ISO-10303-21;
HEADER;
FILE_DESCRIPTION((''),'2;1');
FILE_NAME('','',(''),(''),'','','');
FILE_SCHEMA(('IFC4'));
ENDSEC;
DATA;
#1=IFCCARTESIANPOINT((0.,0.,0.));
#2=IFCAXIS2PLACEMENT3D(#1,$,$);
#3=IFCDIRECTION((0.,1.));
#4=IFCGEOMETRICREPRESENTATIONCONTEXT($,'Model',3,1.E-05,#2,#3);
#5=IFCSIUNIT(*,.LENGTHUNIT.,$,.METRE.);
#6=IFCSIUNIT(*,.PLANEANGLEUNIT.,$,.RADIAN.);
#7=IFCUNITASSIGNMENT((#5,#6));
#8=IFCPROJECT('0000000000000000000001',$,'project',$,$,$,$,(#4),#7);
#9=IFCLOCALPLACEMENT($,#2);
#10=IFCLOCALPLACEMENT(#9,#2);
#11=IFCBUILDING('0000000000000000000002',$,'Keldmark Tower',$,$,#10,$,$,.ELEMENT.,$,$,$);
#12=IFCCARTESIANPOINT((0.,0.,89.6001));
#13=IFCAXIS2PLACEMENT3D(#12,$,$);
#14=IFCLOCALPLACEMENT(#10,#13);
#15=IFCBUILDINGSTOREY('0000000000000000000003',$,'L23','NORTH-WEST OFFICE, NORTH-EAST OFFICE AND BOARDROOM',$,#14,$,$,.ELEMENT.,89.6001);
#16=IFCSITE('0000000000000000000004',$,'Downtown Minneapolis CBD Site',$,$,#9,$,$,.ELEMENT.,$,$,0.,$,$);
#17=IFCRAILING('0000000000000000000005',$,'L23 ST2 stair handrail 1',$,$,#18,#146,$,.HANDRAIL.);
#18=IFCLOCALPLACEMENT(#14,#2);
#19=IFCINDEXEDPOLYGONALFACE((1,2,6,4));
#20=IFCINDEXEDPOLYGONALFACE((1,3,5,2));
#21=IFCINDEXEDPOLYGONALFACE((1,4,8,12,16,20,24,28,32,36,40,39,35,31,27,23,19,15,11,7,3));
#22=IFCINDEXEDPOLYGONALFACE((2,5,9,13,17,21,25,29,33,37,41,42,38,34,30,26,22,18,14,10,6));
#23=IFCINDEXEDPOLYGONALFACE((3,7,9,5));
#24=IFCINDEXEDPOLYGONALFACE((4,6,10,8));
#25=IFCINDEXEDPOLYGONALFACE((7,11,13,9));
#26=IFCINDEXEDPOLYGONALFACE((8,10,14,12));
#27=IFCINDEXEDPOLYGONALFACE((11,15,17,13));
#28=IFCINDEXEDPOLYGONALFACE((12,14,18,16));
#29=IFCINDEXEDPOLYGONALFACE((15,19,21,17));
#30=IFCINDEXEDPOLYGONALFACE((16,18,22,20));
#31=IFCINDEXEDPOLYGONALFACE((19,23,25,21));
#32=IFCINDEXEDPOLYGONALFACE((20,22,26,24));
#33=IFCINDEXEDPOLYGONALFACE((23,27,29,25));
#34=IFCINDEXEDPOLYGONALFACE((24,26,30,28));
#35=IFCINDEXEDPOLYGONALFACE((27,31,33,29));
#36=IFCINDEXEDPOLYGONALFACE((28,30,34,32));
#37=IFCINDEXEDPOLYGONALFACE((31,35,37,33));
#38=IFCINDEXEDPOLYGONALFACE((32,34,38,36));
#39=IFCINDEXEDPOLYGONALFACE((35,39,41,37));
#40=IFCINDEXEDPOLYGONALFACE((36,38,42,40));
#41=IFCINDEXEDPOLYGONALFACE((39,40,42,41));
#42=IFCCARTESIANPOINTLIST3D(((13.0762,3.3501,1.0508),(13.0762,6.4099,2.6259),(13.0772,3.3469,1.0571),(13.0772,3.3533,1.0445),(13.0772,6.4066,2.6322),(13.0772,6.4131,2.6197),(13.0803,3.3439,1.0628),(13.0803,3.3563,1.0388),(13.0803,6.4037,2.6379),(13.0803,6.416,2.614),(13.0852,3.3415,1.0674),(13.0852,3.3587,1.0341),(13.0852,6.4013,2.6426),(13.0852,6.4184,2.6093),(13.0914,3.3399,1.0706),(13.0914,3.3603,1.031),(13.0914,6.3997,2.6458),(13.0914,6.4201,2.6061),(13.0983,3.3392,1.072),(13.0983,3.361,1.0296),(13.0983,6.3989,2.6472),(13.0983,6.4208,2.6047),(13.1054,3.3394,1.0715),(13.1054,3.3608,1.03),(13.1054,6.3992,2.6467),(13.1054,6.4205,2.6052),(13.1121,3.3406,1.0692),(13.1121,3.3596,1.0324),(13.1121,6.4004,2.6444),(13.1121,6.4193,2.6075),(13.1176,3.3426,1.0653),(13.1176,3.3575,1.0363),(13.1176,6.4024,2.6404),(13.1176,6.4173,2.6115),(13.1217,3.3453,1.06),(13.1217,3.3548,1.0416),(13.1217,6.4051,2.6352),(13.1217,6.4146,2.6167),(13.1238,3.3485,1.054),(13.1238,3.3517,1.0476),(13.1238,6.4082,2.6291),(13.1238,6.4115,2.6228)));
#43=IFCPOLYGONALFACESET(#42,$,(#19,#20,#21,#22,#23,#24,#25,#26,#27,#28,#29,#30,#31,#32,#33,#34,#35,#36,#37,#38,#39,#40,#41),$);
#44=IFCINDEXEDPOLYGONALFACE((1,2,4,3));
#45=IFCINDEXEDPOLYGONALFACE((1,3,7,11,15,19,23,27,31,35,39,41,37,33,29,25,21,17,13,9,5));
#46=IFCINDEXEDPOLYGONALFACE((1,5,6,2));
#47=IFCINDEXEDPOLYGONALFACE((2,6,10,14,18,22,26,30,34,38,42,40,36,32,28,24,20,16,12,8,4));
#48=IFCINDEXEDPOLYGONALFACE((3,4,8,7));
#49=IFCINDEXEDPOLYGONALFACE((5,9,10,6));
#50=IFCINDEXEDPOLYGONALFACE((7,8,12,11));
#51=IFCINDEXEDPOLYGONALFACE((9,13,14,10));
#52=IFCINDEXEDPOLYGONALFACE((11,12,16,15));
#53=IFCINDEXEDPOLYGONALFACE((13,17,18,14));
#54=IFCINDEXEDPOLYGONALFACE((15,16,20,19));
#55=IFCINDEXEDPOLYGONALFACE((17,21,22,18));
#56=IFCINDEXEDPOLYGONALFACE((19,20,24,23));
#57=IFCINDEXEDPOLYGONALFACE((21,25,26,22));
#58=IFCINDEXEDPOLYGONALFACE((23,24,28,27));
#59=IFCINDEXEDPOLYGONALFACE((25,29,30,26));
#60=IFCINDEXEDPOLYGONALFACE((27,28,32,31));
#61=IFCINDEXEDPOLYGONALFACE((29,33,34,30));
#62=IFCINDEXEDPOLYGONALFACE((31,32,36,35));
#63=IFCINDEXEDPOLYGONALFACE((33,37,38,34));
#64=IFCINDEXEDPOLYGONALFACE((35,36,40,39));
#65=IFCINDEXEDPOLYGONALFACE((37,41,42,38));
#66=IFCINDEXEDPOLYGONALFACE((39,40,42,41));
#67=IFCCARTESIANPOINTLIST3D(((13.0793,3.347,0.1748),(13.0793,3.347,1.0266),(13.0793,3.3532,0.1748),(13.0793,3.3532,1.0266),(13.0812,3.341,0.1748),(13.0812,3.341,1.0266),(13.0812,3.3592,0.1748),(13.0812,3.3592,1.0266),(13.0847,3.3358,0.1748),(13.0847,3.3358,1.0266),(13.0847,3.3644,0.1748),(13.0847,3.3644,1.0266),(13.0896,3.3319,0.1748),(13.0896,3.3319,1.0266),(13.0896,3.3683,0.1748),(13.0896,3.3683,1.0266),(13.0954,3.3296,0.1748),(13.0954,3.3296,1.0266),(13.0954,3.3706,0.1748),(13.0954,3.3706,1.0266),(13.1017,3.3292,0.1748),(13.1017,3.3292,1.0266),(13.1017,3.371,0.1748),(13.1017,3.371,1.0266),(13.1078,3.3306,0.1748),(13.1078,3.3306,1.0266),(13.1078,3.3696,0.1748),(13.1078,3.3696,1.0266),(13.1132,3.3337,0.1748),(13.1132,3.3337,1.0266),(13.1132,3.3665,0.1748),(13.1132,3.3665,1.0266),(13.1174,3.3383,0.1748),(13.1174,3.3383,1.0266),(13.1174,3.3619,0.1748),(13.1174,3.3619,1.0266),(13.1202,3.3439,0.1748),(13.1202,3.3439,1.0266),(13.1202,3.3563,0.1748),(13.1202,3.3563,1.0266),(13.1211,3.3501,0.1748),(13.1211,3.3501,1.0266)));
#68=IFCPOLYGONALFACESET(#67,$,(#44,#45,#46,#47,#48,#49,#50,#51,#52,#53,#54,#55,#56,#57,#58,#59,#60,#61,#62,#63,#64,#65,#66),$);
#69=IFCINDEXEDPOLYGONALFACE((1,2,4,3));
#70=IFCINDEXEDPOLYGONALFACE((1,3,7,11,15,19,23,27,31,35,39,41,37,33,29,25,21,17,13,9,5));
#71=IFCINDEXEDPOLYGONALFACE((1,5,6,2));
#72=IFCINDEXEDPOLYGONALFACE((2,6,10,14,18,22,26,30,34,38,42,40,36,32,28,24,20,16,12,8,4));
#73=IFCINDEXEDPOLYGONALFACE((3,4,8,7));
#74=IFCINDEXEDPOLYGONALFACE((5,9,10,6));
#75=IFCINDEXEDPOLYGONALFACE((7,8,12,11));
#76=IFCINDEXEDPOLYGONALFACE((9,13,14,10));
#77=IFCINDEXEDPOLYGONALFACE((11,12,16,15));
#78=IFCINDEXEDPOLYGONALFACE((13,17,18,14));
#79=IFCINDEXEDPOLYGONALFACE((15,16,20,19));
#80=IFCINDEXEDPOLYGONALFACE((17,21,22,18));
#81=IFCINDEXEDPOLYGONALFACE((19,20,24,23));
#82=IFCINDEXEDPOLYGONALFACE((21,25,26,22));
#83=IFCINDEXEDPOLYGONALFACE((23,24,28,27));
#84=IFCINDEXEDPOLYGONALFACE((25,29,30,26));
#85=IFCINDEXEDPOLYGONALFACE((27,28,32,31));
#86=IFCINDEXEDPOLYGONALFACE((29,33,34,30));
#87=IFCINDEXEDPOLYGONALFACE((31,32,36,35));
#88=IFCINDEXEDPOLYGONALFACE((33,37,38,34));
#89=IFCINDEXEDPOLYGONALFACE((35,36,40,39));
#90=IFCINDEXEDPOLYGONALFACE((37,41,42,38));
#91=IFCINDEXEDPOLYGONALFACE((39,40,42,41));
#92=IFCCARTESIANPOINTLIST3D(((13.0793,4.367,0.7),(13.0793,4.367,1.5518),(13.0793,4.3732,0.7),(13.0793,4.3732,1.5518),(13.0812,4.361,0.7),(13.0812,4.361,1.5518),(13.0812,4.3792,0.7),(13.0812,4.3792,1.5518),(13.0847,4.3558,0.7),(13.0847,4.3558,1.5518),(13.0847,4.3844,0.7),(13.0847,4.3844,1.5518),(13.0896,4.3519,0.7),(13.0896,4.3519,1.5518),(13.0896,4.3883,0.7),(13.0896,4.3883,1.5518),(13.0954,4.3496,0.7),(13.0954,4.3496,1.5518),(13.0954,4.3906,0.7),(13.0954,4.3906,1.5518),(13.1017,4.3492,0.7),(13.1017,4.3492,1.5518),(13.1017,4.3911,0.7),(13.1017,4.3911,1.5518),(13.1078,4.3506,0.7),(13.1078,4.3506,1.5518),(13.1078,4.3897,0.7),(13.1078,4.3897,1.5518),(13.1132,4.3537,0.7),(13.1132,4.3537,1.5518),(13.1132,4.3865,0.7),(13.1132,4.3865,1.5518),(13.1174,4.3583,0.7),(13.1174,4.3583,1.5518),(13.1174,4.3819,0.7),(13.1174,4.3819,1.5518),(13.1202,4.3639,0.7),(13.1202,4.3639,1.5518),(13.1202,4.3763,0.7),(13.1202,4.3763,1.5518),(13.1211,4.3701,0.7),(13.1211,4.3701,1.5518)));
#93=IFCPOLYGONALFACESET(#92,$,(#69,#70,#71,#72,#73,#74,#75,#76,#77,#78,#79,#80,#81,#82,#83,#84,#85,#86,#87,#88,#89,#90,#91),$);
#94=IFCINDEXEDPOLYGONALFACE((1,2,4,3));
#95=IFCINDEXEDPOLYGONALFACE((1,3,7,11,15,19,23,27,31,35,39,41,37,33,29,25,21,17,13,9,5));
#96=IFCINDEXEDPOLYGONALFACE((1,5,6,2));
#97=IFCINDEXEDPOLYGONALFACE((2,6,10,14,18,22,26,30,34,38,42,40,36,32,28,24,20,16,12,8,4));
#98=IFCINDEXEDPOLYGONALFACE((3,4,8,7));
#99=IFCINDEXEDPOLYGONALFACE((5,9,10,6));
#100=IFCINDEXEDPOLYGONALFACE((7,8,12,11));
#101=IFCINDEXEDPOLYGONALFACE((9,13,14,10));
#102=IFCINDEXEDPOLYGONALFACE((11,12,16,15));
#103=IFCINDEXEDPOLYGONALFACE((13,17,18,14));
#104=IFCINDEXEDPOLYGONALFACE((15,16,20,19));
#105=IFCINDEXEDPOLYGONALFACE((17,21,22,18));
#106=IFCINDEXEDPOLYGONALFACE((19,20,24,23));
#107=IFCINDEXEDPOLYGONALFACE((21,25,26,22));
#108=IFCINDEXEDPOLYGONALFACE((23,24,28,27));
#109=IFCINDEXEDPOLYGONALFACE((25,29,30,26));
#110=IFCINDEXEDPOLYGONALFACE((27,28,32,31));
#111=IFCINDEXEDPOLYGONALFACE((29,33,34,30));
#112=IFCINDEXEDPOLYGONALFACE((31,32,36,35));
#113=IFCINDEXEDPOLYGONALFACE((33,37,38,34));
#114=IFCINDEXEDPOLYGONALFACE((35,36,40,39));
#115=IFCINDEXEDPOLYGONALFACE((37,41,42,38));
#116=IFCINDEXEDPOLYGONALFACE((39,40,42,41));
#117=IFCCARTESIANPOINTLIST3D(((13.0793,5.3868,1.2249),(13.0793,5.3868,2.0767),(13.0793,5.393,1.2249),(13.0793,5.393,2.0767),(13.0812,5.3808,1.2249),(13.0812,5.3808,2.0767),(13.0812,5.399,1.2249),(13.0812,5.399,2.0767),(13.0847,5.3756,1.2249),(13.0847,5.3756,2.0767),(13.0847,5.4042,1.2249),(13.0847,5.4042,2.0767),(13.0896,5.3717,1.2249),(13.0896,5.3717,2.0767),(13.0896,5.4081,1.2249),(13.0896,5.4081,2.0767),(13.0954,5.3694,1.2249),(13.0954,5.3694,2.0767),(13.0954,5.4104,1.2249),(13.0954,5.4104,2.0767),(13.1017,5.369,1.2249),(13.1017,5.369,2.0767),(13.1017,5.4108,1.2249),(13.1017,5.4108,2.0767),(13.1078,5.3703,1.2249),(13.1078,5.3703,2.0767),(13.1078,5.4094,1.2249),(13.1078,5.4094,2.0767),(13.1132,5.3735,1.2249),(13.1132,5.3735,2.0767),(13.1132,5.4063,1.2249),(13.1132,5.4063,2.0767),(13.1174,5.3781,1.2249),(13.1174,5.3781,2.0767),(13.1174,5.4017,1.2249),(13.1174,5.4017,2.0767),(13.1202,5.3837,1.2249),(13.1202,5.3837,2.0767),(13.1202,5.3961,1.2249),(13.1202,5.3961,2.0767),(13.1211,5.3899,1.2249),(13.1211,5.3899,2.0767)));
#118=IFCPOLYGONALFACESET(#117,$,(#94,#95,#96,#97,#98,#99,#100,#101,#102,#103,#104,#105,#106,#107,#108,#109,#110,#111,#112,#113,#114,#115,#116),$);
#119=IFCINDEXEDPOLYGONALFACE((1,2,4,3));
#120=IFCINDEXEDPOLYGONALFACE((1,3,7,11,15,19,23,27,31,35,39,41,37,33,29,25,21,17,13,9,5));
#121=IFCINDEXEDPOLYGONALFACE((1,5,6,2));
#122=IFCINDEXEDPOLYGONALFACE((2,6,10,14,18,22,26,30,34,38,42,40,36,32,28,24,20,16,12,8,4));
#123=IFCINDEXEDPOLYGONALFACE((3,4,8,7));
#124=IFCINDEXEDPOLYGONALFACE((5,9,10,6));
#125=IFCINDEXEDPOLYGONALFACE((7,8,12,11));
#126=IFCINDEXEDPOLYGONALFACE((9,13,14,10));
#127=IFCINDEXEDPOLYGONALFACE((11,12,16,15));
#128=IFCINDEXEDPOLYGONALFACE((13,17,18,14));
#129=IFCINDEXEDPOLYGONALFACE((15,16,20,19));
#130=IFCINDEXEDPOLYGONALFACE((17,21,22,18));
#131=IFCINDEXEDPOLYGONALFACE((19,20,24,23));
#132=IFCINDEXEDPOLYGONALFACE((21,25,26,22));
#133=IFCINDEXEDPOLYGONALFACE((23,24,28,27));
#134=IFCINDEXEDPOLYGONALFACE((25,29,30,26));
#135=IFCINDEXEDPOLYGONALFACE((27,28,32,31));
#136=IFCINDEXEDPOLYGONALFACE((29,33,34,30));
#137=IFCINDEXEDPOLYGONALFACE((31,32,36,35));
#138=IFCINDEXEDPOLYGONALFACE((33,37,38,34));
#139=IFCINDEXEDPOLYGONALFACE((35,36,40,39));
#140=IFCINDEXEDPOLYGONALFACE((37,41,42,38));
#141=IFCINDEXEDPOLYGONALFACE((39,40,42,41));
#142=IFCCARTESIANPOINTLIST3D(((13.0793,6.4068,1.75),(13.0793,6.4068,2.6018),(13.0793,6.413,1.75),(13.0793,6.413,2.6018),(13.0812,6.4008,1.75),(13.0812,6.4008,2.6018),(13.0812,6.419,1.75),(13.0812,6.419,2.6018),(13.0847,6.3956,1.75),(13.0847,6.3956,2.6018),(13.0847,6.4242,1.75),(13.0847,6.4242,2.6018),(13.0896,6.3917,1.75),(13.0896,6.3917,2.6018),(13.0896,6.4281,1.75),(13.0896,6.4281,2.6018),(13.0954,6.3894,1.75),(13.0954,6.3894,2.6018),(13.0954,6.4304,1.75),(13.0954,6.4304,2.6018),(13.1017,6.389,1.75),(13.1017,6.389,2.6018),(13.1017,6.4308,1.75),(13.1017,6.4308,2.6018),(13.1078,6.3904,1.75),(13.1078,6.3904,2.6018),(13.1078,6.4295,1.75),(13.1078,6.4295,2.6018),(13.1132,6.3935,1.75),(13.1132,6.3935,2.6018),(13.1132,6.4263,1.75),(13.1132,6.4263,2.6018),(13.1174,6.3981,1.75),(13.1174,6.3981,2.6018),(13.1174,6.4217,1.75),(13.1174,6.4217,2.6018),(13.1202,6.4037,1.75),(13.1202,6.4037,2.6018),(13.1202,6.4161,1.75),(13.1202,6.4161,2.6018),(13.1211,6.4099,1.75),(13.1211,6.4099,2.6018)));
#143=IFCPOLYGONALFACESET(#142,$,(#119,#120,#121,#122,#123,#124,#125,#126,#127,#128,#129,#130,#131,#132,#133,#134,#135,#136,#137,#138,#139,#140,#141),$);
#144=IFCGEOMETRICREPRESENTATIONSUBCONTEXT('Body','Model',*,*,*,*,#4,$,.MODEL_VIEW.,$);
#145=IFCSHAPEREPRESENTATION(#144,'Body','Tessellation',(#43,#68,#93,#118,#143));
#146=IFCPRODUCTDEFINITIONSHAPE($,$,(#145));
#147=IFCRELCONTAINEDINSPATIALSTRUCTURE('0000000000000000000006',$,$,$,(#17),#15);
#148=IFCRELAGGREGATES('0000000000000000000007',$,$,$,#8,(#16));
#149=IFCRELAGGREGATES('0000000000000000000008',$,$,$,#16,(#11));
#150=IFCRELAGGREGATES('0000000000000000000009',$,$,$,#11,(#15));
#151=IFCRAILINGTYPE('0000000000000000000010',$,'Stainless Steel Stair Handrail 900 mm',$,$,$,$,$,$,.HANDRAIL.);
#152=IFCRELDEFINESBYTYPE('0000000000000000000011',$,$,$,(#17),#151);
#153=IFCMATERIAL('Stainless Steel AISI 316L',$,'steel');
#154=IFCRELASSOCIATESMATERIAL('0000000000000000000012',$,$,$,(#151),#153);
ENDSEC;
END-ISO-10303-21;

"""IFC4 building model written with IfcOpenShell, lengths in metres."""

from ifc_helpers import new_model, si_unit, direction, frame, origin, origin_2d, place, context, subcontext, project, spatial, circle, extrude, material, type_object, element, save


model = new_model("IFC4")

# Units and contexts
model_context = context("Model", 3, precision=1e-05, world=origin(), true_north=direction((0.0, 1.0)))
body_context = subcontext(model_context, "Body", "Model", "MODEL_VIEW")
ifc_project = project(units=[si_unit("LENGTHUNIT", "METRE"), si_unit("PLANEANGLEUNIT", "RADIAN")], contexts=[model_context])

# Site, building, storey
site_placement = place(None, origin())
site = spatial("IfcSite", under=ifc_project, at=site_placement, Name="Downtown Minneapolis CBD Site", CompositionType="ELEMENT", RefElevation=0.0)
building_placement = place(site_placement, origin())
building = spatial("IfcBuilding", under=site, at=building_placement, Name="Keldmark Tower", CompositionType="ELEMENT")
storey_placement = place(building_placement, frame((0.0, 0.0, 89.6001)))
storey = spatial("IfcBuildingStorey", under=building, at=storey_placement, Name="L23", Description="NORTH-WEST OFFICE, NORTH-EAST OFFICE AND BOARDROOM", CompositionType="ELEMENT", Elevation=89.6001)

# Railing
ifc_material_1 = material(Name="Stainless Steel AISI 316L", Category="steel")
railing_type_1 = type_object("IfcRailingType", Name="Stainless Steel Stair Handrail 900 mm", PredefinedType="HANDRAIL", material=ifc_material_1)
railing_1_placement = place(storey_placement, frame((13.1001, 3.3501, 0.1748)))
element("IfcRailing", 1, at=railing_1_placement, inside=storey, type_object=railing_type_1, Name="L23 ST2 stair handrail 1", PredefinedType="HANDRAIL", context=body_context, shape_type="SweptSolid", body=[
    extrude(circle(Radius=0.0239, at=origin_2d()), frame((0.0, 0.0, 0.876), z_axis=(0.0, 0.889101, 0.45771), x_axis=(-1.0, 0.0, 0.0)), (0.0, 0.0, 1.0), 3.4414),
    extrude(circle(Radius=0.021, at=origin_2d()), origin(), (0.0, 0.0, 1.0), 0.8518),
    extrude(circle(Radius=0.021, at=origin_2d()), frame((0.0, 1.02, 0.5251)), (0.0, 0.0, 1.0), 0.8518),
    extrude(circle(Radius=0.021, at=origin_2d()), frame((0.0, 2.0398, 1.05)), (0.0, 0.0, 1.0), 0.8518),
    extrude(circle(Radius=0.021, at=origin_2d()), frame((0.0, 3.0598, 1.5752)), (0.0, 0.0, 1.0), 0.8518),
])

save(model, "model.ifc")
